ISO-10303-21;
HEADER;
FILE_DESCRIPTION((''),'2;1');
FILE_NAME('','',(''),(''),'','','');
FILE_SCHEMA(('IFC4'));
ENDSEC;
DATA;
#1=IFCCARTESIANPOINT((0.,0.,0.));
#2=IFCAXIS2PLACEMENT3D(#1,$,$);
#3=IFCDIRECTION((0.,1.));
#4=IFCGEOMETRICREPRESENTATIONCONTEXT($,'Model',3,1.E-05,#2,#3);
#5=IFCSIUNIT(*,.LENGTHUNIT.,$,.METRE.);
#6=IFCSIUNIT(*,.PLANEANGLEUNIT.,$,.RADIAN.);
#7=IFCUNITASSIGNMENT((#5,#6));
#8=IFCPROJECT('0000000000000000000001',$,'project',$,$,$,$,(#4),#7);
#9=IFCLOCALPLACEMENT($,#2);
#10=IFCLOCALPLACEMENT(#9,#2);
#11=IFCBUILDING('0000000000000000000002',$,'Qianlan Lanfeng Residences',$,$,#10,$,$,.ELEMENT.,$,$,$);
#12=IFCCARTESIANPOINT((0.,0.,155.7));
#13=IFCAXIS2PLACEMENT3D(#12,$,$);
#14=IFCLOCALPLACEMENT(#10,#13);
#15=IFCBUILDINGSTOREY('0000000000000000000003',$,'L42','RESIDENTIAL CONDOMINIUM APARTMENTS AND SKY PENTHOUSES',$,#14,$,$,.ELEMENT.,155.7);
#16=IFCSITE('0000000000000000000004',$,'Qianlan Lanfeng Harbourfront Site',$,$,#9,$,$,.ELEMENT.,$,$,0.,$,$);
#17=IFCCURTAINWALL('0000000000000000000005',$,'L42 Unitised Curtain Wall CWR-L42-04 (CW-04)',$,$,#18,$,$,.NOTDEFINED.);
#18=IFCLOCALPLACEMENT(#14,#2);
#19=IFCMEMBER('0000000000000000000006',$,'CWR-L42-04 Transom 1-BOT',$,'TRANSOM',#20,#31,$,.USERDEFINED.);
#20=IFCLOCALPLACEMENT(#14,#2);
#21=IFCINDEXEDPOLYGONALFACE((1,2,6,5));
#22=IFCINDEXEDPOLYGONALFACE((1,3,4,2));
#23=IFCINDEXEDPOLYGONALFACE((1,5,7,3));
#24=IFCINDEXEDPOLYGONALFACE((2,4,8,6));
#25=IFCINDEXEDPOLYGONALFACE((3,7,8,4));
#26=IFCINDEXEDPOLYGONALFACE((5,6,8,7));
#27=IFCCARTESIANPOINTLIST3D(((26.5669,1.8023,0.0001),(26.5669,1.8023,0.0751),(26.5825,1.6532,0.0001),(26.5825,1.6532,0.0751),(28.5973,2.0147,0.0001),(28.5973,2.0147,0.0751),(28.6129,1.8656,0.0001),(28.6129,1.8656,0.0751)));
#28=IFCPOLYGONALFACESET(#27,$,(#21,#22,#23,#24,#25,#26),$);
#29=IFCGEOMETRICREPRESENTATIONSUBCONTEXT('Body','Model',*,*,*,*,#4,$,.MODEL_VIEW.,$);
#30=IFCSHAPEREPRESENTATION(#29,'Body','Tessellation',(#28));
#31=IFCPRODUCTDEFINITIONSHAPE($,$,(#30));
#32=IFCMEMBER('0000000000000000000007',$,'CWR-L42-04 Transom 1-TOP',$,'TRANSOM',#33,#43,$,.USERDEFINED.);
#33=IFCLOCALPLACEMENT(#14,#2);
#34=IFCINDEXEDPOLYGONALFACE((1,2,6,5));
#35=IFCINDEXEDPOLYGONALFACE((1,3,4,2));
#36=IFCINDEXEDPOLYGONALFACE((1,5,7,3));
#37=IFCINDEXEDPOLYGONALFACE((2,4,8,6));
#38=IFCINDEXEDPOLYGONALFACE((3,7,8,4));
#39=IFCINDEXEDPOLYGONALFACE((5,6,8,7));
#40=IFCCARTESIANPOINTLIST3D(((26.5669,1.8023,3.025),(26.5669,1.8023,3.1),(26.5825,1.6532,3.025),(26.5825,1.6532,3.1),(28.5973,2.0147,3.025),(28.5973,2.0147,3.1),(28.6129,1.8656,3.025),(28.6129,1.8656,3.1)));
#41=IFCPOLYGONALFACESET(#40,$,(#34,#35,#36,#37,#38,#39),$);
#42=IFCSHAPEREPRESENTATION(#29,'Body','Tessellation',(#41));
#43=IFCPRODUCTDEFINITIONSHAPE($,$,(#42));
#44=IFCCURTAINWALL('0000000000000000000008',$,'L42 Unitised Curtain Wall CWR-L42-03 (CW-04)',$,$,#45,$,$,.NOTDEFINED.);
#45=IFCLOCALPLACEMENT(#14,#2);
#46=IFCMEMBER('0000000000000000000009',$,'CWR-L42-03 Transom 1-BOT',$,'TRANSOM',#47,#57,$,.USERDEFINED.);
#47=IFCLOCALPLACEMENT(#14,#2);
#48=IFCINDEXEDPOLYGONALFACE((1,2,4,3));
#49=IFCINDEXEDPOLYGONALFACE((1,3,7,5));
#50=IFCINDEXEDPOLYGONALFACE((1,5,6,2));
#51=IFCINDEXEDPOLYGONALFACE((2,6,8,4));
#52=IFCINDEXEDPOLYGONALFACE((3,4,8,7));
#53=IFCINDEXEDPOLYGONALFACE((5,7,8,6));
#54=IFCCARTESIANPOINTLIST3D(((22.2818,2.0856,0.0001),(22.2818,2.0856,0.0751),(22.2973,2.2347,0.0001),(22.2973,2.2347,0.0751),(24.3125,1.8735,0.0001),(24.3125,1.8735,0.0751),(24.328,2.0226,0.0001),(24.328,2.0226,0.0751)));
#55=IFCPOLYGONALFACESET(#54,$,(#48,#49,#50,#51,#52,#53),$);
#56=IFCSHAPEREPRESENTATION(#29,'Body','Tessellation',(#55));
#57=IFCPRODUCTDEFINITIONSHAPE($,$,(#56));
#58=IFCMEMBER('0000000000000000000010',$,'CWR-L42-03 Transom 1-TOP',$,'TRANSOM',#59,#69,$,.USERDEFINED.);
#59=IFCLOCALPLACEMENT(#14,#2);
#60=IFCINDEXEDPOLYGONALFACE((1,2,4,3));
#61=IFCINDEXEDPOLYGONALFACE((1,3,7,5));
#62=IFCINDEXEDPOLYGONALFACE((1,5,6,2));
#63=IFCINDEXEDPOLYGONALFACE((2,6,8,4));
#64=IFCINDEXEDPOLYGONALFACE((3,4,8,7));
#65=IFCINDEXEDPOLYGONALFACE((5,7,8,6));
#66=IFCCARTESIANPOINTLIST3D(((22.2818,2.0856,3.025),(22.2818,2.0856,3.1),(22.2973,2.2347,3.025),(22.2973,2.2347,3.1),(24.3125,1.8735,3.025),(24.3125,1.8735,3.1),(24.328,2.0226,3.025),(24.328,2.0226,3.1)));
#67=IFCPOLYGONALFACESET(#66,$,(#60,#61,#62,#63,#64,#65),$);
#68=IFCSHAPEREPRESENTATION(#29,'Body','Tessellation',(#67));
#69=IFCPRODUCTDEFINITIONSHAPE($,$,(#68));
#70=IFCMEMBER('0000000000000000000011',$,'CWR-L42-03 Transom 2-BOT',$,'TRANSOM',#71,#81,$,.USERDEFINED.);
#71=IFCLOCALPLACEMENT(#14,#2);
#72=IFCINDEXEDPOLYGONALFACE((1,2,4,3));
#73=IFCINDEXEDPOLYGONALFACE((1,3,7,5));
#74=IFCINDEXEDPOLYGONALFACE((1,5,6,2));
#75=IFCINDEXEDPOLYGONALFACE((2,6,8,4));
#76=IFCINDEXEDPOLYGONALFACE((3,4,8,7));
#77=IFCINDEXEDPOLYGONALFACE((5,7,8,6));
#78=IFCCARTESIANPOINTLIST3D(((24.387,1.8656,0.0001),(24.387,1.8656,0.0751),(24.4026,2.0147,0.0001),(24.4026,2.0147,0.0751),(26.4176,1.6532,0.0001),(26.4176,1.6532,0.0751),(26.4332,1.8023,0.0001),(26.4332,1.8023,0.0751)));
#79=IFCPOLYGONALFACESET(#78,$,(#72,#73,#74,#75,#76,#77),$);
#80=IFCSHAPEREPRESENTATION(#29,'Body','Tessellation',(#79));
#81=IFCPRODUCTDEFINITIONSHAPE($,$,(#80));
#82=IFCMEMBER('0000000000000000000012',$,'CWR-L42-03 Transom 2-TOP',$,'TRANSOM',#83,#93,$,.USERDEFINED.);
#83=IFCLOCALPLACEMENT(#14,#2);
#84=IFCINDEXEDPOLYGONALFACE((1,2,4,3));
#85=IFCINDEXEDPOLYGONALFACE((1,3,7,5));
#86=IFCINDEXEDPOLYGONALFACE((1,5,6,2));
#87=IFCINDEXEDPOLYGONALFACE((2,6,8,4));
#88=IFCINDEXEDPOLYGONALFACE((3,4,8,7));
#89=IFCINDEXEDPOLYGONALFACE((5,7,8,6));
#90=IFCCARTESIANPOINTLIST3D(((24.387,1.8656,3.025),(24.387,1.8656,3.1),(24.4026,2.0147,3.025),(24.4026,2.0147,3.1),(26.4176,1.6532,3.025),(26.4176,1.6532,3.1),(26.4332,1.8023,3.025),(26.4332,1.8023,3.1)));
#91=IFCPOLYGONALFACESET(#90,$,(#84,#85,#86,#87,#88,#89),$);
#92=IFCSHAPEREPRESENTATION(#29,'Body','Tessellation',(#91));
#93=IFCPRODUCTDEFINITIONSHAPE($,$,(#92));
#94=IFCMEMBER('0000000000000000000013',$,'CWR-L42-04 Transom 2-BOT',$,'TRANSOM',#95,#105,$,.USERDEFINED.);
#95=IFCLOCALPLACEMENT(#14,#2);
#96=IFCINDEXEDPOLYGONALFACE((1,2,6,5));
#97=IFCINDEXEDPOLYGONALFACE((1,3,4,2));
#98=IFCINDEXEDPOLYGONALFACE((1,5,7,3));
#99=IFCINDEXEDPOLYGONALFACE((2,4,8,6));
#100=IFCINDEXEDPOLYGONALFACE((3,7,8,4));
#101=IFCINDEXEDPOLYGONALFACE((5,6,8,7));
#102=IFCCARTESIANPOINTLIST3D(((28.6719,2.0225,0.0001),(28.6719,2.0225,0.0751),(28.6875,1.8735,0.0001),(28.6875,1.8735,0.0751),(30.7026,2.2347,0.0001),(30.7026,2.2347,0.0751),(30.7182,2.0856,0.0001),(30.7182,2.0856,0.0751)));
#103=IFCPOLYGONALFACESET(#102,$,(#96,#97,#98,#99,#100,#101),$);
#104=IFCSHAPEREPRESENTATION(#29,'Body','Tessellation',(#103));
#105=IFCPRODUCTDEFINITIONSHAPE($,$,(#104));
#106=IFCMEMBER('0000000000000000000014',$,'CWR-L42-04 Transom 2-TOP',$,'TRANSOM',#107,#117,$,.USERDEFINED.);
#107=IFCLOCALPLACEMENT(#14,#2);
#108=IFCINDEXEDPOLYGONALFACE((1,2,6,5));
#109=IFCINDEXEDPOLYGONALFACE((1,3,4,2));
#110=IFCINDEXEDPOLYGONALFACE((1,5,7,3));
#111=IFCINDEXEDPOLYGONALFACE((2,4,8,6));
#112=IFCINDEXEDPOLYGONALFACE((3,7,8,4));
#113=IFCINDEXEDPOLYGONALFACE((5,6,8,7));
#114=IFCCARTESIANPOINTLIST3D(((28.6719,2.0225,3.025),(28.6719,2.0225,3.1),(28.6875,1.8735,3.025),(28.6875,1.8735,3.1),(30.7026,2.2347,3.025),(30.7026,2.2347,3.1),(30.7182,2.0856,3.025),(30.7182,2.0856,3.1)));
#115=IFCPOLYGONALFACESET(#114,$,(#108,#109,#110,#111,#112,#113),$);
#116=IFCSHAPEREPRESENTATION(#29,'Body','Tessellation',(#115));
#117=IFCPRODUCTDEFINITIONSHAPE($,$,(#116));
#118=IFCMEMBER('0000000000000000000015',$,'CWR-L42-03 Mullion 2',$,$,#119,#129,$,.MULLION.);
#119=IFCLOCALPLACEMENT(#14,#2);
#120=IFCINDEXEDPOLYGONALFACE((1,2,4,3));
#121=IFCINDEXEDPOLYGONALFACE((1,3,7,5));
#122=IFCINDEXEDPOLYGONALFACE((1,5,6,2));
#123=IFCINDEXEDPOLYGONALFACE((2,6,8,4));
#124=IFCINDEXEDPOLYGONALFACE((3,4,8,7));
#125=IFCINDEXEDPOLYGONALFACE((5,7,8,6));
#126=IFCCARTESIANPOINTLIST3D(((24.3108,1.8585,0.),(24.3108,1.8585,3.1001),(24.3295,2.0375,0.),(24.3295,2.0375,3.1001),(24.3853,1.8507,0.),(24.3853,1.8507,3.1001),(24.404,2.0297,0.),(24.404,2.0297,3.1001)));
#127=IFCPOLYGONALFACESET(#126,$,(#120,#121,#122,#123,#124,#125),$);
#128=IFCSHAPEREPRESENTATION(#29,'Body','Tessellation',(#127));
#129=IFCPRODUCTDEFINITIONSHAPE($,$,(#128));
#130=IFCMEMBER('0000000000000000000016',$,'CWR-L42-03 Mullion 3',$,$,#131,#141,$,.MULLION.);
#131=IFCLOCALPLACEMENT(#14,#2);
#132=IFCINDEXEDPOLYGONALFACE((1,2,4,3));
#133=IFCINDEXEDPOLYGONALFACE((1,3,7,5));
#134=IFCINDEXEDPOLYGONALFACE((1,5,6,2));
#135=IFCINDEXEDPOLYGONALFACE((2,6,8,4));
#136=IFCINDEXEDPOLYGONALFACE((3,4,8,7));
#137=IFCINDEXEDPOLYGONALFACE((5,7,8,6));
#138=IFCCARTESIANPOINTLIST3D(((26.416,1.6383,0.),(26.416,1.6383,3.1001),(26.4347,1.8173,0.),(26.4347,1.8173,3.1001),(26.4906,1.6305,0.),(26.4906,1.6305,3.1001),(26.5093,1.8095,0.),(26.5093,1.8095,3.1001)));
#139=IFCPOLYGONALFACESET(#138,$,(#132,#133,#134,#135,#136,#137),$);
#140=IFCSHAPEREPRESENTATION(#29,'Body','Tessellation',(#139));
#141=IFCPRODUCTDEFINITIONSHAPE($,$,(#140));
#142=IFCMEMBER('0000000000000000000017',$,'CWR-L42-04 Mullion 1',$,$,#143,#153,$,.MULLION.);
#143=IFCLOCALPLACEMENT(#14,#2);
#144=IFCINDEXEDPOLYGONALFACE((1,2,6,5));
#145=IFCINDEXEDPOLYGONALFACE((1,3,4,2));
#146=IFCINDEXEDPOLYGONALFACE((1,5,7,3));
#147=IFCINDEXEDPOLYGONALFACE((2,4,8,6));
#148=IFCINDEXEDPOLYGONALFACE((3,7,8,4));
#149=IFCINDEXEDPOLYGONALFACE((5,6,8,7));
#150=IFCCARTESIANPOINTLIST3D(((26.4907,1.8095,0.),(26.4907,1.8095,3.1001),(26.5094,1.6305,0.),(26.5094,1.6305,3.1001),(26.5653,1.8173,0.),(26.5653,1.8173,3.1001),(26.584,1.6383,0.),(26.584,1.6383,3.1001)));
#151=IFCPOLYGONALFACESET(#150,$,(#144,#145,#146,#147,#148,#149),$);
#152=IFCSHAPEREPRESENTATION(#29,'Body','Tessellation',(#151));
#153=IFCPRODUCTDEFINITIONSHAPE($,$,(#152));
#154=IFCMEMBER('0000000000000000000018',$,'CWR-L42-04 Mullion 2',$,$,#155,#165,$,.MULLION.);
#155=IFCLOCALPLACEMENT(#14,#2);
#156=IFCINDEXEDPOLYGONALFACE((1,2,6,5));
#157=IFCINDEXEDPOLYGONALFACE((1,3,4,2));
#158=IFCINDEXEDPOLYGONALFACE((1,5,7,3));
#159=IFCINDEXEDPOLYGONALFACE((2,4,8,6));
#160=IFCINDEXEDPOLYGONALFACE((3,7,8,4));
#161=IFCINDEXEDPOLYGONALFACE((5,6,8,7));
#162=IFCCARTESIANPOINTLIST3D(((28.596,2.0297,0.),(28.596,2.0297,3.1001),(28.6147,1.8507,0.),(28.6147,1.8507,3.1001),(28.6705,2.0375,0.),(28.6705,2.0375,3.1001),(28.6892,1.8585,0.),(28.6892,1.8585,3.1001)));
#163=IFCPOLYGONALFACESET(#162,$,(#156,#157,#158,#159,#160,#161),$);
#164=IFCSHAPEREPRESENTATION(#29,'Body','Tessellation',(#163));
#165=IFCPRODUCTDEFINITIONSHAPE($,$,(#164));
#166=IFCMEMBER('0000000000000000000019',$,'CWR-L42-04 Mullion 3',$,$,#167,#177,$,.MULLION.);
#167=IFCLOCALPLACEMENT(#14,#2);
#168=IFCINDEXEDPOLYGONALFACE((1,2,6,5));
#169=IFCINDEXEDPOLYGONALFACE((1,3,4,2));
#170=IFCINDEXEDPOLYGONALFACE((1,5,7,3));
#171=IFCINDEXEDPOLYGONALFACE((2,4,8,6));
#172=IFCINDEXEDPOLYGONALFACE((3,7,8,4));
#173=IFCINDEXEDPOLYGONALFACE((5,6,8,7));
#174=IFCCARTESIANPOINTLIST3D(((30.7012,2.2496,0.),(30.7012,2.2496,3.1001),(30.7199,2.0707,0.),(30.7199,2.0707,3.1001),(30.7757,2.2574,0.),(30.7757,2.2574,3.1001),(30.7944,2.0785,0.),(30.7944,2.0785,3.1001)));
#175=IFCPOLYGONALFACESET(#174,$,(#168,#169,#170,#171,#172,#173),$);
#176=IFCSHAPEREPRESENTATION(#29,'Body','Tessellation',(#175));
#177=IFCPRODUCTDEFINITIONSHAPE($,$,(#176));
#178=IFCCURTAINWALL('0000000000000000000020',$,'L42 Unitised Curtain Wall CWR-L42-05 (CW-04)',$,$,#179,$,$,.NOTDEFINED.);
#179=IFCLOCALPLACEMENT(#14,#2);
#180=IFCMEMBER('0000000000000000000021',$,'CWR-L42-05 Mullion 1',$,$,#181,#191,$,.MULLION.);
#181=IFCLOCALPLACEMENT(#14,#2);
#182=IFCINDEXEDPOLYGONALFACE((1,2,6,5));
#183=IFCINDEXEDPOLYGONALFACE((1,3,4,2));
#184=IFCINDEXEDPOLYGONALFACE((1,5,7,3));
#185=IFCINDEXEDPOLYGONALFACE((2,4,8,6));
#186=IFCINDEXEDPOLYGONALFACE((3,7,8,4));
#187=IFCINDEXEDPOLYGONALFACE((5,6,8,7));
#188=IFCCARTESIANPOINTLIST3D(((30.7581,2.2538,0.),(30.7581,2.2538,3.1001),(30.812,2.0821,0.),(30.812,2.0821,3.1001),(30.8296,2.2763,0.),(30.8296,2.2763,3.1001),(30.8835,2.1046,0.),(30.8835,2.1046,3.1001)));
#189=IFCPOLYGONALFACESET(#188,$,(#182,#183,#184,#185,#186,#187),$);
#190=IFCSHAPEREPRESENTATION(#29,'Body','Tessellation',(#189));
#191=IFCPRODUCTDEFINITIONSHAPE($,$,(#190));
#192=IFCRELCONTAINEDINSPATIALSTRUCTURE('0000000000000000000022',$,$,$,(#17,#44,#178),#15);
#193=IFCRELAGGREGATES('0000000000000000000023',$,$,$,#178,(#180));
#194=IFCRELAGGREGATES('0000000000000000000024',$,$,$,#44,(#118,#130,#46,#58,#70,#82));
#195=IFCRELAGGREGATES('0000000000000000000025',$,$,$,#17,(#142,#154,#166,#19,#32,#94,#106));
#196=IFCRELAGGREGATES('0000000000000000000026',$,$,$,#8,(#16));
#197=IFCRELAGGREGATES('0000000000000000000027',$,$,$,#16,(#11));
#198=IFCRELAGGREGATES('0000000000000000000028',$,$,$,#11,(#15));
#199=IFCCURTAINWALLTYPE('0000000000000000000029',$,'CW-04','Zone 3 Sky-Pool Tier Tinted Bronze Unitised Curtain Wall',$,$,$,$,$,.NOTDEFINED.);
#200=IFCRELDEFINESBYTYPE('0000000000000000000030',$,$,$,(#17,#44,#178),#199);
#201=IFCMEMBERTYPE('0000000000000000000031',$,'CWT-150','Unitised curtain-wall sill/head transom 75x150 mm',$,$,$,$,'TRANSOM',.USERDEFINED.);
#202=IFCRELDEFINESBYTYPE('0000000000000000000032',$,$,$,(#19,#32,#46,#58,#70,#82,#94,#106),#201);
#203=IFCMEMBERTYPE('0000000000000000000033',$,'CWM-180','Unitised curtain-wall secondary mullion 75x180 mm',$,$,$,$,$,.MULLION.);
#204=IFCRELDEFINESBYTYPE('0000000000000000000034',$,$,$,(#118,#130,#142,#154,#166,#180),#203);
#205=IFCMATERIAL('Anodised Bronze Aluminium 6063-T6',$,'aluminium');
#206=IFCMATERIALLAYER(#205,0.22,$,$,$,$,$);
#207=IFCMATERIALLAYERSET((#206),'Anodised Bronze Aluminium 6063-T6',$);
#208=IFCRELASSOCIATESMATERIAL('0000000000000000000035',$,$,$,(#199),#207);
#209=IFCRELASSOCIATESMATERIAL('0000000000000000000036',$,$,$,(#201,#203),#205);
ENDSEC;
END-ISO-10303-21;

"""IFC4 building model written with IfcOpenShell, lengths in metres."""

from ifc_helpers import new_model, si_unit, direction, frame, origin, origin_2d, place, context, subcontext, project, spatial, rectangle, extrude, source, transform, mapped, material, layer, layer_set, material_profile, profile_set, type_object, element, aggregate, save


model = new_model("IFC4")

# Units and contexts
model_context = context("Model", 3, precision=1e-05, world=origin(), true_north=direction((0.0, 1.0)))
body_context = subcontext(model_context, "Body", "Model", "MODEL_VIEW")
ifc_project = project(units=[si_unit("LENGTHUNIT", "METRE"), si_unit("PLANEANGLEUNIT", "RADIAN")], contexts=[model_context])

# Site, building, storey
site_placement = place(None, origin())
site = spatial("IfcSite", under=ifc_project, at=site_placement, Name="Qianlan Lanfeng Harbourfront Site", CompositionType="ELEMENT", RefElevation=0.0)
building_placement = place(site_placement, origin())
building = spatial("IfcBuilding", under=site, at=building_placement, Name="Qianlan Lanfeng Residences", CompositionType="ELEMENT")
storey_placement = place(building_placement, frame((0.0, 0.0, 155.7)))
storey = spatial("IfcBuildingStorey", under=building, at=storey_placement, Name="L42", Description="RESIDENTIAL CONDOMINIUM APARTMENTS AND SKY PENTHOUSES", CompositionType="ELEMENT", Elevation=155.7)

# Curtain walls, members
ifc_material_1 = material(Name="Anodised Bronze Aluminium 6063-T6", Category="aluminium")
ifc_layer_1 = layer(ifc_material_1, 0.22)
ifc_layer_set_1 = layer_set([ifc_layer_1], Name="Anodised Bronze Aluminium 6063-T6")
curtain_wall_type = type_object("IfcCurtainWallType", Name="CW-04", Description="Zone 3 Sky-Pool Tier Tinted Bronze Unitised Curtain Wall", PredefinedType="NOTDEFINED", material=ifc_layer_set_1)
curtain_wall_1_placement = place(storey_placement, origin())
curtain_wall_1 = element("IfcCurtainWall", 1, at=curtain_wall_1_placement, inside=storey, type_object=curtain_wall_type, Name="L42 Unitised Curtain Wall CWR-L42-04 (CW-04)", PredefinedType="NOTDEFINED")
ifc_material_profile_1 = material_profile(ifc_material_1, rectangle(XDim=0.075, YDim=0.1499, at=origin_2d()), Name="ALU TRANSOM 75x150")
ifc_profile_set_1 = profile_set([ifc_material_profile_1], Name="Anodised Bronze Aluminium 6063-T6")
member_type_1 = type_object("IfcMemberType", Name="CWT-150", Description="Unitised curtain-wall sill/head transom 75x150 mm", ElementType="TRANSOM", PredefinedType="USERDEFINED", material=ifc_profile_set_1)
shared_shape_1 = source(origin(), body_context, "Body", "SweptSolid", [
    extrude(rectangle(XDim=0.075, YDim=0.1499, at=origin_2d()), origin(), (0.0, 0.0, 1.0), 2.0415),
])
member_1_placement = place(storey_placement, frame((26.5747, 1.7278, 0.0376), z_axis=(0.994573, 0.104037, 0.0), x_axis=(0.0, 0.0, 1.0)))
member_1 = element("IfcMember", 2, at=member_1_placement, type_object=member_type_1, Name="CWR-L42-04 Transom 1-BOT", ObjectType="TRANSOM", PredefinedType="USERDEFINED", context=body_context, shape_type="MappedRepresentation", body=[
    mapped(shared_shape_1, transform((0.0, 0.0, 0.0), scale=1.0)),
])
member_2_placement = place(storey_placement, frame((26.5747, 1.7278, 3.0625), z_axis=(0.994573, 0.104037, 0.0), x_axis=(0.0, 0.0, 1.0)))
member_2 = element("IfcMember", 3, at=member_2_placement, type_object=member_type_1, Name="CWR-L42-04 Transom 1-TOP", ObjectType="TRANSOM", PredefinedType="USERDEFINED", context=body_context, shape_type="MappedRepresentation", body=[
    mapped(shared_shape_1, transform((0.0, 0.0, 0.0), scale=1.0)),
])
curtain_wall_2_placement = place(storey_placement, origin())
curtain_wall_2 = element("IfcCurtainWall", 4, at=curtain_wall_2_placement, inside=storey, type_object=curtain_wall_type, Name="L42 Unitised Curtain Wall CWR-L42-03 (CW-04)", PredefinedType="NOTDEFINED")
shared_shape_2 = source(origin(), body_context, "Body", "SweptSolid", [
    extrude(rectangle(XDim=0.075, YDim=0.1499, at=origin_2d()), origin(), (0.0, 0.0, 1.0), 2.0417),
])
member_3_placement = place(storey_placement, frame((22.2896, 2.1602, 0.0376), z_axis=(0.994587, -0.103907, 0.0), x_axis=(0.0, 0.0, 1.0)))
member_3 = element("IfcMember", 5, at=member_3_placement, type_object=member_type_1, Name="CWR-L42-03 Transom 1-BOT", ObjectType="TRANSOM", PredefinedType="USERDEFINED", context=body_context, shape_type="MappedRepresentation", body=[
    mapped(shared_shape_2, transform((0.0, 0.0, 0.0), scale=1.0)),
])
member_4_placement = place(storey_placement, frame((22.2896, 2.1602, 3.0625), z_axis=(0.994587, -0.103907, 0.0), x_axis=(0.0, 0.0, 1.0)))
member_4 = element("IfcMember", 6, at=member_4_placement, type_object=member_type_1, Name="CWR-L42-03 Transom 1-TOP", ObjectType="TRANSOM", PredefinedType="USERDEFINED", context=body_context, shape_type="MappedRepresentation", body=[
    mapped(shared_shape_2, transform((0.0, 0.0, 0.0), scale=1.0)),
])
member_5_placement = place(storey_placement, frame((24.3948, 1.9402, 0.0376), z_axis=(0.994575, -0.104025, 0.0), x_axis=(0.0, 0.0, 1.0)))
member_5 = element("IfcMember", 7, at=member_5_placement, type_object=member_type_1, Name="CWR-L42-03 Transom 2-BOT", ObjectType="TRANSOM", PredefinedType="USERDEFINED", context=body_context, shape_type="MappedRepresentation", body=[
    mapped(shared_shape_2, transform((0.0, 0.0, 0.0), scale=1.0)),
])
member_6_placement = place(storey_placement, frame((24.3948, 1.9402, 3.0625), z_axis=(0.994575, -0.104025, 0.0), x_axis=(0.0, 0.0, 1.0)))
member_6 = element("IfcMember", 8, at=member_6_placement, type_object=member_type_1, Name="CWR-L42-03 Transom 2-TOP", ObjectType="TRANSOM", PredefinedType="USERDEFINED", context=body_context, shape_type="MappedRepresentation", body=[
    mapped(shared_shape_2, transform((0.0, 0.0, 0.0), scale=1.0)),
])

# Members
member_7_placement = place(storey_placement, frame((28.6797, 1.948, 0.0376), z_axis=(0.994587, 0.103907, 0.0), x_axis=(0.0, 0.0, 1.0)))
member_7 = element("IfcMember", 9, at=member_7_placement, type_object=member_type_1, Name="CWR-L42-04 Transom 2-BOT", ObjectType="TRANSOM", PredefinedType="USERDEFINED", context=body_context, shape_type="MappedRepresentation", body=[
    mapped(shared_shape_2, transform((0.0, 0.0, 0.0), scale=1.0)),
])
member_8_placement = place(storey_placement, frame((28.6797, 1.948, 3.0625), z_axis=(0.994587, 0.103907, 0.0), x_axis=(0.0, 0.0, 1.0)))
member_8 = element("IfcMember", 10, at=member_8_placement, type_object=member_type_1, Name="CWR-L42-04 Transom 2-TOP", ObjectType="TRANSOM", PredefinedType="USERDEFINED", context=body_context, shape_type="MappedRepresentation", body=[
    mapped(shared_shape_2, transform((0.0, 0.0, 0.0), scale=1.0)),
])
ifc_material_profile_2 = material_profile(ifc_material_1, rectangle(XDim=0.075, YDim=0.1799, at=origin_2d()), Name="ALU MULLION 75x180")
ifc_profile_set_2 = profile_set([ifc_material_profile_2], Name="Anodised Bronze Aluminium 6063-T6")
member_type_2 = type_object("IfcMemberType", Name="CWM-180", Description="Unitised curtain-wall secondary mullion 75x180 mm", PredefinedType="MULLION", material=ifc_profile_set_2)
shared_shape_3 = source(origin(), body_context, "Body", "SweptSolid", [
    extrude(rectangle(XDim=0.075, YDim=0.1799, at=origin_2d()), origin(), (0.0, 0.0, 1.0), 3.1001),
])
member_9_placement = place(storey_placement, frame((24.3574, 1.9441, 0.0), z_axis=(0.0, 0.0, 1.0), x_axis=(0.994579, -0.103983, 0.0)))
member_9 = element("IfcMember", 11, at=member_9_placement, type_object=member_type_2, Name="CWR-L42-03 Mullion 2", PredefinedType="MULLION", context=body_context, shape_type="MappedRepresentation", body=[
    mapped(shared_shape_3, transform((0.0, 0.0, 0.0), scale=1.0)),
])
member_10_placement = place(storey_placement, frame((26.4626, 1.7239, 0.0), z_axis=(0.0, 0.0, 1.0), x_axis=(0.994579, -0.103983, 0.0)))
member_10 = element("IfcMember", 12, at=member_10_placement, type_object=member_type_2, Name="CWR-L42-03 Mullion 3", PredefinedType="MULLION", context=body_context, shape_type="MappedRepresentation", body=[
    mapped(shared_shape_3, transform((0.0, 0.0, 0.0), scale=1.0)),
])
member_11_placement = place(storey_placement, frame((26.5374, 1.7239, 0.0), z_axis=(0.0, 0.0, 1.0), x_axis=(0.994579, 0.103983, 0.0)))
member_11 = element("IfcMember", 13, at=member_11_placement, type_object=member_type_2, Name="CWR-L42-04 Mullion 1", PredefinedType="MULLION", context=body_context, shape_type="MappedRepresentation", body=[
    mapped(shared_shape_3, transform((0.0, 0.0, 0.0), scale=1.0)),
])
member_12_placement = place(storey_placement, frame((28.6426, 1.9441, 0.0), z_axis=(0.0, 0.0, 1.0), x_axis=(0.994579, 0.103983, 0.0)))
member_12 = element("IfcMember", 14, at=member_12_placement, type_object=member_type_2, Name="CWR-L42-04 Mullion 2", PredefinedType="MULLION", context=body_context, shape_type="MappedRepresentation", body=[
    mapped(shared_shape_3, transform((0.0, 0.0, 0.0), scale=1.0)),
])
member_13_placement = place(storey_placement, frame((30.7478, 2.1641, 0.0), z_axis=(0.0, 0.0, 1.0), x_axis=(0.994579, 0.103983, 0.0)))
member_13 = element("IfcMember", 15, at=member_13_placement, type_object=member_type_2, Name="CWR-L42-04 Mullion 3", PredefinedType="MULLION", context=body_context, shape_type="MappedRepresentation", body=[
    mapped(shared_shape_3, transform((0.0, 0.0, 0.0), scale=1.0)),
])

# Curtain wall, member
curtain_wall_3_placement = place(storey_placement, origin())
curtain_wall_3 = element("IfcCurtainWall", 16, at=curtain_wall_3_placement, inside=storey, type_object=curtain_wall_type, Name="L42 Unitised Curtain Wall CWR-L42-05 (CW-04)", PredefinedType="NOTDEFINED")
member_14_placement = place(storey_placement, frame((30.8208, 2.1792, 0.0), z_axis=(0.0, 0.0, 1.0), x_axis=(0.954196, 0.299182, 0.0)))
member_14 = element("IfcMember", 17, at=member_14_placement, type_object=member_type_2, Name="CWR-L42-05 Mullion 1", PredefinedType="MULLION", context=body_context, shape_type="MappedRepresentation", body=[
    mapped(shared_shape_3, transform((0.0, 0.0, 0.0), scale=1.0)),
])
aggregate(curtain_wall_3, [member_14])

aggregate(curtain_wall_2, [member_9, member_10, member_3, member_4, member_5, member_6])
aggregate(curtain_wall_1, [member_11, member_12, member_13, member_1, member_2, member_7, member_8])

save(model, "model.ifc")
